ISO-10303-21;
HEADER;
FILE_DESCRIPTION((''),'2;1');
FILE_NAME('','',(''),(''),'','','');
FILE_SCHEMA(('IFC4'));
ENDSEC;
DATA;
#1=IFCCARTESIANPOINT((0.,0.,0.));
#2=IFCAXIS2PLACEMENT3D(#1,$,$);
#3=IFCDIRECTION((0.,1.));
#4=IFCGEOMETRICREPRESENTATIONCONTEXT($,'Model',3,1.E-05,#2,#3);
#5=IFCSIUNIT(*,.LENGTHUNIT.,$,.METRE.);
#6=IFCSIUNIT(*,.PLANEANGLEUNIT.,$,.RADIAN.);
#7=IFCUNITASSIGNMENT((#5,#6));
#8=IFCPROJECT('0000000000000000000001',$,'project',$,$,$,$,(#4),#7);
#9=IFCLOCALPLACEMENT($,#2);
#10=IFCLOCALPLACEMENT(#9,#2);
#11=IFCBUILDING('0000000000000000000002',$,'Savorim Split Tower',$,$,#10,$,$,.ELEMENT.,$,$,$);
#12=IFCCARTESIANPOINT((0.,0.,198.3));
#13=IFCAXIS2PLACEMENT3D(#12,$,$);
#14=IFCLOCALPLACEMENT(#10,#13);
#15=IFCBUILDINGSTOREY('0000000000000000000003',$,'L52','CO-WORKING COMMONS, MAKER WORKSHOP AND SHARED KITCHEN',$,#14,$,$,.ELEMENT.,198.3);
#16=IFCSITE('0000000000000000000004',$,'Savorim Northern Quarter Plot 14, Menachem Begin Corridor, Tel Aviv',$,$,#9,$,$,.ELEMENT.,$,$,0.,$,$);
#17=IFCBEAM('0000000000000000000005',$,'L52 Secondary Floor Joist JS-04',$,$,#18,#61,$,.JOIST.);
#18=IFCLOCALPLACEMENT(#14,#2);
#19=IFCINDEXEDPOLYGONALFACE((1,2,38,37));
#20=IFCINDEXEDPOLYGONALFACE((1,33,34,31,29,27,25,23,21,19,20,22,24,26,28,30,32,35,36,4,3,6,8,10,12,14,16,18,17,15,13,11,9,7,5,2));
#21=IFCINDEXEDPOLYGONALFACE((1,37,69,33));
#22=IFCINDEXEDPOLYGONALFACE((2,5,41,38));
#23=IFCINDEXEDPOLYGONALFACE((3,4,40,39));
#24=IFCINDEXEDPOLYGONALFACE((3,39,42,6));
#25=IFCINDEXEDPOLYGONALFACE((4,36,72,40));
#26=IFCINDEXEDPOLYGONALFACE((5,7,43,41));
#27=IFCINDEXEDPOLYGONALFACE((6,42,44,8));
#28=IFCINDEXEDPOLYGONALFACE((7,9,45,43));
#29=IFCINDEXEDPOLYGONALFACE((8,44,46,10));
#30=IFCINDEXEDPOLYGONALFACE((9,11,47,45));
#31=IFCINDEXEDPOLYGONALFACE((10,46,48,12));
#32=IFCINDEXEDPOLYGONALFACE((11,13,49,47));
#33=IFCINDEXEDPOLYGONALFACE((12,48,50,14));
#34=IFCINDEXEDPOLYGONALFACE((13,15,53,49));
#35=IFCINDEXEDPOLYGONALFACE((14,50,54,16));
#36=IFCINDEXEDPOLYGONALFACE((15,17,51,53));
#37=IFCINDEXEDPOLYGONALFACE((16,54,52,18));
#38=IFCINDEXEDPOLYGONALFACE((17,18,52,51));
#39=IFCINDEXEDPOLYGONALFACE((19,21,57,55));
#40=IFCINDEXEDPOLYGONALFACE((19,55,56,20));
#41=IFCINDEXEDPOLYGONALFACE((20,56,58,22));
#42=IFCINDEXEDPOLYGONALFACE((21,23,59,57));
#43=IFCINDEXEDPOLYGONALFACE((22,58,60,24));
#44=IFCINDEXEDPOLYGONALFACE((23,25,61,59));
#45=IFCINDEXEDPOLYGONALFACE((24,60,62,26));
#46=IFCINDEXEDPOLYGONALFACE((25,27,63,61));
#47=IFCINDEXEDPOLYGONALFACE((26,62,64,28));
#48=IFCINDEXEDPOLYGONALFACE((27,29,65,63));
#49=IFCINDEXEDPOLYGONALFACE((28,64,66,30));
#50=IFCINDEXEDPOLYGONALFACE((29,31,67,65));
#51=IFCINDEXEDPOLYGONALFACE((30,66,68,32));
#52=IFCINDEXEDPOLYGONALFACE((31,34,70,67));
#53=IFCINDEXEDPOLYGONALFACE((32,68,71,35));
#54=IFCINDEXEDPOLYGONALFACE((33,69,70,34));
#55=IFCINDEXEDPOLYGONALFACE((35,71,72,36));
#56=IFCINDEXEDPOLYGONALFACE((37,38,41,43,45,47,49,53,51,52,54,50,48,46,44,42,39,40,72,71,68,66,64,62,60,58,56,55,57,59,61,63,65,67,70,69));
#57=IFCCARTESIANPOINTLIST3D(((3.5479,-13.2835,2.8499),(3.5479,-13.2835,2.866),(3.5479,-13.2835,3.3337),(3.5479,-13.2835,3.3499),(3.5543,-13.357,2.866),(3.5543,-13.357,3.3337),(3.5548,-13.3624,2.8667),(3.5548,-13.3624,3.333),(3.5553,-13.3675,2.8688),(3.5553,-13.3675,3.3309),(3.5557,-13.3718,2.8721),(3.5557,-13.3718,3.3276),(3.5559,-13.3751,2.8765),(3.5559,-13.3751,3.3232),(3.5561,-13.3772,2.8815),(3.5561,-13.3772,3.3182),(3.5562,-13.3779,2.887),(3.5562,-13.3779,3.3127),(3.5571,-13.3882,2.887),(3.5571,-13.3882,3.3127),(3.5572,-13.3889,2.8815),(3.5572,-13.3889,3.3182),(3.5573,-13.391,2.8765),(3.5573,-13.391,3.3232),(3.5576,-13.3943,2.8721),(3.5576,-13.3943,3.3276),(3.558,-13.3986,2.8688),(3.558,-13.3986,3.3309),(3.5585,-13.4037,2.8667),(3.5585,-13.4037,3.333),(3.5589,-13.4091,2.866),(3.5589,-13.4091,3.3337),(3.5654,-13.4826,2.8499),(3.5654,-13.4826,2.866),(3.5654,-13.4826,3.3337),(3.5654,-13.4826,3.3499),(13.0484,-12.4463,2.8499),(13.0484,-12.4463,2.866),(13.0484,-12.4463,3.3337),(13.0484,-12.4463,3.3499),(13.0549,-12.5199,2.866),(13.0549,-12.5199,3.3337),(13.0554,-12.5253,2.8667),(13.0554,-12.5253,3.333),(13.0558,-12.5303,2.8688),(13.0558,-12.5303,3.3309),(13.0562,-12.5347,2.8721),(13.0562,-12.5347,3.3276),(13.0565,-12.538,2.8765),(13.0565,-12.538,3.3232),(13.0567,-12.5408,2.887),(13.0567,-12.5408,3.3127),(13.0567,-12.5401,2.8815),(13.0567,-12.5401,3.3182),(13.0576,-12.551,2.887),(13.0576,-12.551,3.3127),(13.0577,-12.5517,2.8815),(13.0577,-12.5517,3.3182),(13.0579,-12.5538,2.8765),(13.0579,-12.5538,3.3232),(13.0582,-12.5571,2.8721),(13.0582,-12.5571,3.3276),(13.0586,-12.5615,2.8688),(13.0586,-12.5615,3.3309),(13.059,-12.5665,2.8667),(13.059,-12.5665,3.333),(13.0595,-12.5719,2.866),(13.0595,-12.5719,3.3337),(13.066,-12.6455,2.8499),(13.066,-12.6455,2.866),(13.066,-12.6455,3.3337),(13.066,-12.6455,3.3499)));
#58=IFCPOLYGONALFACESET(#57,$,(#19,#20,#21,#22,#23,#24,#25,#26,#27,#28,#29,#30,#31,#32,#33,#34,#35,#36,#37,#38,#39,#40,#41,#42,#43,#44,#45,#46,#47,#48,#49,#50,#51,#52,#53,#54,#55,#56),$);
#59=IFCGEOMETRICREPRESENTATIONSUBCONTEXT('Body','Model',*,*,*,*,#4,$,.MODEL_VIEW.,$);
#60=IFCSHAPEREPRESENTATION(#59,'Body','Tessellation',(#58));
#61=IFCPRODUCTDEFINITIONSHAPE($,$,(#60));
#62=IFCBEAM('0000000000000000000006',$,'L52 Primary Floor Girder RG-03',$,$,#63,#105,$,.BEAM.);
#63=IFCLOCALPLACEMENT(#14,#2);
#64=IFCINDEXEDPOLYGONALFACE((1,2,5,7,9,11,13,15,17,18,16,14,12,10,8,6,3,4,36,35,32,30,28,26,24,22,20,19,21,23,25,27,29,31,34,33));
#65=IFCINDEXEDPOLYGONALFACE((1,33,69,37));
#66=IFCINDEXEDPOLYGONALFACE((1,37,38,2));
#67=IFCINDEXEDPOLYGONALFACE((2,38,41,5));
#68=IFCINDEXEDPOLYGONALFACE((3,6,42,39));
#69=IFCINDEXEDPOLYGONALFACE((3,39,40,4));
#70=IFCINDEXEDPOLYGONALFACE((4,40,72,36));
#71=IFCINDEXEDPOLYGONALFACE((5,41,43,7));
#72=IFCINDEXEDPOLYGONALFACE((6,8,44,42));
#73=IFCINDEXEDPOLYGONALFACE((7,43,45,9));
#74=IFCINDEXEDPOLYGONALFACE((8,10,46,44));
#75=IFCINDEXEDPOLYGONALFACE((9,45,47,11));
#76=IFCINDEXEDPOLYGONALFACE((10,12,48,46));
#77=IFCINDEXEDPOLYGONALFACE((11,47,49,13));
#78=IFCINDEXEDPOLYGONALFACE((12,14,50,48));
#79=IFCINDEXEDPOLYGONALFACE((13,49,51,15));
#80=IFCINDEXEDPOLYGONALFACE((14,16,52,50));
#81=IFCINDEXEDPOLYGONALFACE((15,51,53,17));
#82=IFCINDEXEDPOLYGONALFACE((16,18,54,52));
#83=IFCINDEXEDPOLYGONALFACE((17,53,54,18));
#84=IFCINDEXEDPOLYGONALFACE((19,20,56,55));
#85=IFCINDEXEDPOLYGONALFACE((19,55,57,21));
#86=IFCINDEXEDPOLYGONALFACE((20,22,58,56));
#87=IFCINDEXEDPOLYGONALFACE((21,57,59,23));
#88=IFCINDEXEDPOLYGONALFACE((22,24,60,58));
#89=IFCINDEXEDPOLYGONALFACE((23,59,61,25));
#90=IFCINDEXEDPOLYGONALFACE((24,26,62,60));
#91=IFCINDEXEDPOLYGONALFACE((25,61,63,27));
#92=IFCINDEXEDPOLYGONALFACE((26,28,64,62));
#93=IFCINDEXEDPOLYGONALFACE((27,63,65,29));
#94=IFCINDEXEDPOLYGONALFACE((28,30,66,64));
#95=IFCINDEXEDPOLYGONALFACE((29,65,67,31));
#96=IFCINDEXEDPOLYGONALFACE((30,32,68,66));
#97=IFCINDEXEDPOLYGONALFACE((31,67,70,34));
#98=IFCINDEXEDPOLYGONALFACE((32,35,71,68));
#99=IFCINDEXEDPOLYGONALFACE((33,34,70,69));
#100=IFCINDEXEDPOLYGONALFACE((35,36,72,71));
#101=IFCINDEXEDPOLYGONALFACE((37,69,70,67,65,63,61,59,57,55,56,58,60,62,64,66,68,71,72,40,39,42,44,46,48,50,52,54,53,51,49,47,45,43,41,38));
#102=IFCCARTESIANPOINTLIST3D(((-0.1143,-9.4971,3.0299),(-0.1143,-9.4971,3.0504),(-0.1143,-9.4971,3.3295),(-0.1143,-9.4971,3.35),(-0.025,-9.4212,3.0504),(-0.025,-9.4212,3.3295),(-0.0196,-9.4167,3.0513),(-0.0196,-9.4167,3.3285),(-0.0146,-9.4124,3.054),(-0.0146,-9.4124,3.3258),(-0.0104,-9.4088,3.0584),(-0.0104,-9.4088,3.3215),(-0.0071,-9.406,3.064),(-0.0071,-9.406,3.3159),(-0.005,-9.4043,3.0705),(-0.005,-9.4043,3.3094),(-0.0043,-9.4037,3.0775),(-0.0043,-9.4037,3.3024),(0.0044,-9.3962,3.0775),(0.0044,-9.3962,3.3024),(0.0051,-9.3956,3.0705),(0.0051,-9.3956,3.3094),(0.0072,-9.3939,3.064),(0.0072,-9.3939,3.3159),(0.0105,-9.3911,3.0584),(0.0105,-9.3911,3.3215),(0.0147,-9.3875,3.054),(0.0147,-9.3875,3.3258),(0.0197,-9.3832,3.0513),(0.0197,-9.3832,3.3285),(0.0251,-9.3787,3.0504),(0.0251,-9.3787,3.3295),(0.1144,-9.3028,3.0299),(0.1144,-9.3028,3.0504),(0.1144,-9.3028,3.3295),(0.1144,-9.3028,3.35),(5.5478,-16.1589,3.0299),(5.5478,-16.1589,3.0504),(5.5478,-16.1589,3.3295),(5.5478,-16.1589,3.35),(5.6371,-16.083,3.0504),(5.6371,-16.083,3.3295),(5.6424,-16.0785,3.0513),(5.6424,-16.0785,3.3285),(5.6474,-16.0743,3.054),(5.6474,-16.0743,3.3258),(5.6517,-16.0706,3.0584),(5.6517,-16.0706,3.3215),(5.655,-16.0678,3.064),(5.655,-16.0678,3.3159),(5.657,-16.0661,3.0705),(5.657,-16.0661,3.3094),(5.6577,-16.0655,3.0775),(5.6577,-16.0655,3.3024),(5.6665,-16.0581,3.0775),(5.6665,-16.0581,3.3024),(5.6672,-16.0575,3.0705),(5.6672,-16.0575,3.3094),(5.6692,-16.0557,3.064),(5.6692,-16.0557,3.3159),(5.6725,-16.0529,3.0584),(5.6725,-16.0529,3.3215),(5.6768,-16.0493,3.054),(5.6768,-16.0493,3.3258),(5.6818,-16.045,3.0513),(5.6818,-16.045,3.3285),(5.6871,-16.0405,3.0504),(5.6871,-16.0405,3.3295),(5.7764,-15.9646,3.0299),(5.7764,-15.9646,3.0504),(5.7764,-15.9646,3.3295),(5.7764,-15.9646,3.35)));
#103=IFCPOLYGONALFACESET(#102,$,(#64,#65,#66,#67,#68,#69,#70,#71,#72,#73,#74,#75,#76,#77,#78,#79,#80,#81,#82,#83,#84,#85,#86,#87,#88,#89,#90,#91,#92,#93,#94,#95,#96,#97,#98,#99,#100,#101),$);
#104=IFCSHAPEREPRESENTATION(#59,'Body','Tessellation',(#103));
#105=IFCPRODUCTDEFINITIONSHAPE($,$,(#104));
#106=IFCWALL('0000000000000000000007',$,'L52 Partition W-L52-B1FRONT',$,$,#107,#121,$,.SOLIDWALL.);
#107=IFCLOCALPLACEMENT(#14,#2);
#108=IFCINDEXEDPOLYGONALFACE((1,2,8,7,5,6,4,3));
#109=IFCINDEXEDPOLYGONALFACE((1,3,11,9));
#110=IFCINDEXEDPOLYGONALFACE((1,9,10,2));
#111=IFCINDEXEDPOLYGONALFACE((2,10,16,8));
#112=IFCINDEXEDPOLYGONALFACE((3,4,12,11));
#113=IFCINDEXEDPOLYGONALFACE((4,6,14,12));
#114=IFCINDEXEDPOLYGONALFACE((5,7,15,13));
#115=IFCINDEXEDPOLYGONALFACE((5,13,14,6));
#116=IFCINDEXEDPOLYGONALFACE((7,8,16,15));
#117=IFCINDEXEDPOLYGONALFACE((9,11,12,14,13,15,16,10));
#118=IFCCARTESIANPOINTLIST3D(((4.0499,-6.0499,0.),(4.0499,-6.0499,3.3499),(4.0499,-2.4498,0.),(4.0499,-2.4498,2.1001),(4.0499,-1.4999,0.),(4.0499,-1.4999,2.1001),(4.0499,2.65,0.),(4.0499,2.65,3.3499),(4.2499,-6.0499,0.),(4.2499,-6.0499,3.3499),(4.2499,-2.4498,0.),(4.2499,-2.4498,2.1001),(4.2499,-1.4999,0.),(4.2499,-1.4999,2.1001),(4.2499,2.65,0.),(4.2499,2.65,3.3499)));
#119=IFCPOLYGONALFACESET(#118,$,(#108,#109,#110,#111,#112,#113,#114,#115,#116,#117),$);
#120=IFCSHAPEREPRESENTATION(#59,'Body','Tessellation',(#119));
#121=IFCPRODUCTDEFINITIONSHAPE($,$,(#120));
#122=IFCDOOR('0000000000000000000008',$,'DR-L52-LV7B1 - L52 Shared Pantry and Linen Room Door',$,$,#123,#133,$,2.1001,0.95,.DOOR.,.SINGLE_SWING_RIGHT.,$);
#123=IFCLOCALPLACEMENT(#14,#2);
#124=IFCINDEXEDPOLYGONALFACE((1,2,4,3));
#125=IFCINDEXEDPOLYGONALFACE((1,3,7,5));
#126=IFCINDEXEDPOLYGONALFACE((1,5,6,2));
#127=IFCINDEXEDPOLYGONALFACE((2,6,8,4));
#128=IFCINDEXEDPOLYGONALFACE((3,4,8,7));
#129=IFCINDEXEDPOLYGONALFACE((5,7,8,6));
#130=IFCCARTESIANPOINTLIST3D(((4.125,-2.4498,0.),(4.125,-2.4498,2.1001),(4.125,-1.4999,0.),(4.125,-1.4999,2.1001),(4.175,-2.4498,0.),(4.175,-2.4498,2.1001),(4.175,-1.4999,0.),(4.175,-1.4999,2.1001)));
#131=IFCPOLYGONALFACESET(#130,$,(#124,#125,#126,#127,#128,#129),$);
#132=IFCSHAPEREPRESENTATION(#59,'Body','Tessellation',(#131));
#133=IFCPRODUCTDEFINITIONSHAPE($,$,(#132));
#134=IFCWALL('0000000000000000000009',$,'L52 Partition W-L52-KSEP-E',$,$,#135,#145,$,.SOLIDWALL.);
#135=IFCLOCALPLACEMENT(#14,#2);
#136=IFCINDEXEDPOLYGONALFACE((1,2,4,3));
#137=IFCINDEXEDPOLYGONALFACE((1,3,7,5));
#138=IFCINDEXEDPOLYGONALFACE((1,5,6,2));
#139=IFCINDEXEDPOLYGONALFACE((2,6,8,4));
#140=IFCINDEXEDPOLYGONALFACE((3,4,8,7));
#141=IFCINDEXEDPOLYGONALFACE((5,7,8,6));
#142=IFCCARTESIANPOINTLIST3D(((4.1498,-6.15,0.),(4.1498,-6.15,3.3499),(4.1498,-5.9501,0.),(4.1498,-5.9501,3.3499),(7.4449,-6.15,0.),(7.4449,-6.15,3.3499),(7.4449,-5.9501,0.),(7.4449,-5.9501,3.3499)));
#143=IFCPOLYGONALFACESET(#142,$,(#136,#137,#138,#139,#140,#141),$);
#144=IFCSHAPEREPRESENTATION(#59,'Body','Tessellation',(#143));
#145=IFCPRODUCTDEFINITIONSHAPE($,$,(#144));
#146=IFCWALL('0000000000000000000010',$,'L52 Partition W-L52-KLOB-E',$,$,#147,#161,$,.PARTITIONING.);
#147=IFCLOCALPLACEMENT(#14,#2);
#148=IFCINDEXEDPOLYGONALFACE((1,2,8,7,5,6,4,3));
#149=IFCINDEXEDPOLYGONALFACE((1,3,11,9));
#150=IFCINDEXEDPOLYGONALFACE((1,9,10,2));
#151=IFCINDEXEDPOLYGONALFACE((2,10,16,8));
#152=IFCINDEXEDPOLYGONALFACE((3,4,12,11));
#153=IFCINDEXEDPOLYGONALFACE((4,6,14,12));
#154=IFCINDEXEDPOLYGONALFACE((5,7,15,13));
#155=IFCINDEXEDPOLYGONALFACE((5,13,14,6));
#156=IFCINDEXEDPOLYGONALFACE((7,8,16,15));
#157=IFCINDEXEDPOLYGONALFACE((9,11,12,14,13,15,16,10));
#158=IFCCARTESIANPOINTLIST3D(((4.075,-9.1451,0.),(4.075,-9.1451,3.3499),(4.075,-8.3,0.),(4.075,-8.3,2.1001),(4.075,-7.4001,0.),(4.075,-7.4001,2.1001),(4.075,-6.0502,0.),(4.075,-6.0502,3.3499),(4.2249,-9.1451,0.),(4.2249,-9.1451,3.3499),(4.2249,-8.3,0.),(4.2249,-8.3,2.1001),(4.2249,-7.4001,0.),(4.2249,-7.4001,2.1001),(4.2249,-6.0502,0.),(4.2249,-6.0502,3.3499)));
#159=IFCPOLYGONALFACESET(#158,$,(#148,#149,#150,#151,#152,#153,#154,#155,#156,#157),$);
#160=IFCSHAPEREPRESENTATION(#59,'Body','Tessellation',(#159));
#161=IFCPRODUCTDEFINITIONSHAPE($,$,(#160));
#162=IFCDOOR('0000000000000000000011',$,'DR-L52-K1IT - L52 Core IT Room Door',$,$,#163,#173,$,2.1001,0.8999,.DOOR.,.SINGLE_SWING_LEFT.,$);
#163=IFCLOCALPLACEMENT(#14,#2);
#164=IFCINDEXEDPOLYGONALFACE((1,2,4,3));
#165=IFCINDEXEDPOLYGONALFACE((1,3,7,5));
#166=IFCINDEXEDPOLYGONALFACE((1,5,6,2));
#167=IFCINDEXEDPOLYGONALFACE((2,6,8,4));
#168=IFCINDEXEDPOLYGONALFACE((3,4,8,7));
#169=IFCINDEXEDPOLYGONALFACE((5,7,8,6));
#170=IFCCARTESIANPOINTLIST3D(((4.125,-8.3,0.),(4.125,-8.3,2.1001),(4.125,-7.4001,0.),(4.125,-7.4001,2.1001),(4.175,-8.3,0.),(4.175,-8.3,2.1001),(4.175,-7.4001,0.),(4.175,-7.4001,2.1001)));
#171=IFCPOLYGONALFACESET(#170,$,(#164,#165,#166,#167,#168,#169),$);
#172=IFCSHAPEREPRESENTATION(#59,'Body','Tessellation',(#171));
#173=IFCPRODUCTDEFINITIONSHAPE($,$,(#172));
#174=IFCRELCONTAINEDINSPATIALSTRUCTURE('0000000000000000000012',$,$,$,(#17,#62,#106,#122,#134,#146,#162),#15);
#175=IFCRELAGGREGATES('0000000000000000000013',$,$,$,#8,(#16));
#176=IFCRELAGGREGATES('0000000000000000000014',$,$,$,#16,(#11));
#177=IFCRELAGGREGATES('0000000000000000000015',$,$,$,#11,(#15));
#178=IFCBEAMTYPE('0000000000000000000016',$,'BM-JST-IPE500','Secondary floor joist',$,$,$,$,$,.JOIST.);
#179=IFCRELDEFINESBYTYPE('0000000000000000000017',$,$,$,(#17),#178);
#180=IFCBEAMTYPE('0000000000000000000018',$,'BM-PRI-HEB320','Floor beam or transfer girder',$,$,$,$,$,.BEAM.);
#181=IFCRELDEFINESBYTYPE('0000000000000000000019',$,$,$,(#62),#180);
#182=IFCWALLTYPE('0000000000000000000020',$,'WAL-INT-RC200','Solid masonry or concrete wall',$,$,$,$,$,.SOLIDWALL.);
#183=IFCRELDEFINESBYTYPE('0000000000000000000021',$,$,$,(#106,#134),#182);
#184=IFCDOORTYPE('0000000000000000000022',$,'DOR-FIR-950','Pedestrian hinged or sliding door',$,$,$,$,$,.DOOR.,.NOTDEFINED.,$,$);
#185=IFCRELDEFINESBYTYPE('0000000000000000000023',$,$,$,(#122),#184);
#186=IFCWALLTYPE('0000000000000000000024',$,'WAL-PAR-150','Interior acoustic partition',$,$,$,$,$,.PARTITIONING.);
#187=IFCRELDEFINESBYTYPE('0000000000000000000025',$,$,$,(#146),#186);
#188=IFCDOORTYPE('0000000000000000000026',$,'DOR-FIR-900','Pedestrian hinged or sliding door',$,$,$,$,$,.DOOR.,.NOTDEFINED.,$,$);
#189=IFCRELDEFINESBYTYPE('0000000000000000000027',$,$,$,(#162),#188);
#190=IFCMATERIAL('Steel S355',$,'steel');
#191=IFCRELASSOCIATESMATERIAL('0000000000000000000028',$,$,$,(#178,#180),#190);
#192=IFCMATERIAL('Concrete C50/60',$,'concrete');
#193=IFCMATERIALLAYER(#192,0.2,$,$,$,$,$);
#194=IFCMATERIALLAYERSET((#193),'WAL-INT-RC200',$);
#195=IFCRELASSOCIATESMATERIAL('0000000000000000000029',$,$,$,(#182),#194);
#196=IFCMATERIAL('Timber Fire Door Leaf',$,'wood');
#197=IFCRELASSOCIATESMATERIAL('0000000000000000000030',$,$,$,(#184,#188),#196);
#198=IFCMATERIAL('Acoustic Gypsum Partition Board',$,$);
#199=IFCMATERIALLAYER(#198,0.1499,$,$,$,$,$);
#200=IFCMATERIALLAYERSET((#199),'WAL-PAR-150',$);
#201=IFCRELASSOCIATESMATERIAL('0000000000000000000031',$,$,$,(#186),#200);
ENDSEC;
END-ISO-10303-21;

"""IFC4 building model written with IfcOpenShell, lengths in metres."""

from ifc_helpers import new_model, si_unit, direction, frame, frame_2d, origin, origin_2d, place, context, subcontext, project, spatial, rectangle, i_section, extrude, material, layer, layer_set, material_profile, profile_set, type_object, element, fill, save


model = new_model("IFC4")

# Units and contexts
model_context = context("Model", 3, precision=1e-05, world=origin(), true_north=direction((0.0, 1.0)))
body_context = subcontext(model_context, "Body", "Model", "MODEL_VIEW")
ifc_project = project(units=[si_unit("LENGTHUNIT", "METRE"), si_unit("PLANEANGLEUNIT", "RADIAN")], contexts=[model_context])

# Site, building, storey
site_placement = place(None, origin())
site = spatial("IfcSite", under=ifc_project, at=site_placement, Name="Savorim Northern Quarter Plot 14, Menachem Begin Corridor, Tel Aviv", CompositionType="ELEMENT", RefElevation=0.0)
building_placement = place(site_placement, origin())
building = spatial("IfcBuilding", under=site, at=building_placement, Name="Savorim Split Tower", CompositionType="ELEMENT")
storey_placement = place(building_placement, frame((0.0, 0.0, 198.3)))
storey = spatial("IfcBuildingStorey", under=building, at=storey_placement, Name="L52", Description="CO-WORKING COMMONS, MAKER WORKSHOP AND SHARED KITCHEN", CompositionType="ELEMENT", Elevation=198.3)

# Shared definitions
ifc_material_1 = material(Name="Steel S355", Category="steel")

# Beams
ifc_material_profile_1 = material_profile(ifc_material_1, i_section(OverallWidth=0.2, OverallDepth=0.5, WebThickness=0.0103, FlangeThickness=0.0161, FilletRadius=0.021, at=origin_2d()), Name="IPE 500")
ifc_profile_set_1 = profile_set([ifc_material_profile_1], Name="Steel S355")
beam_type_1 = type_object("IfcBeamType", Name="BM-JST-IPE500", Description="Secondary floor joist", PredefinedType="JOIST", material=ifc_profile_set_1)
beam_1_placement = place(storey_placement, frame((3.5566, -13.3831, 3.0999), z_axis=(0.99614, 0.087777, 0.0), x_axis=(-0.087777, 0.99614, 0.0)))
element("IfcBeam", 1, at=beam_1_placement, inside=storey, type_object=beam_type_1, Name="L52 Secondary Floor Joist JS-04", PredefinedType="JOIST", context=body_context, shape_type="SweptSolid", body=[
    extrude(i_section(OverallWidth=0.2, OverallDepth=0.5, WebThickness=0.0103, FlangeThickness=0.0161, FilletRadius=0.021, at=origin_2d()), origin(), (0.0, 0.0, 1.0), 9.5374),
])
ifc_material_profile_2 = material_profile(ifc_material_1, i_section(OverallWidth=0.3, OverallDepth=0.3201, WebThickness=0.0115, FlangeThickness=0.0205, FilletRadius=0.0271, at=origin_2d()), Name="HEB 320")
ifc_profile_set_2 = profile_set([ifc_material_profile_2], Name="Steel S355")
beam_type_2 = type_object("IfcBeamType", Name="BM-PRI-HEB320", Description="Floor beam or transfer girder", PredefinedType="BEAM", material=ifc_profile_set_2)
beam_2_placement = place(storey_placement, frame((5.6621, -16.0618, 3.1899), z_axis=(-0.647617, 0.761966, 0.0), x_axis=(-0.761966, -0.647617, 0.0)))
element("IfcBeam", 2, at=beam_2_placement, inside=storey, type_object=beam_type_2, Name="L52 Primary Floor Girder RG-03", PredefinedType="BEAM", context=body_context, shape_type="SweptSolid", body=[
    extrude(i_section(OverallWidth=0.3, OverallDepth=0.3201, WebThickness=0.0115, FlangeThickness=0.0205, FilletRadius=0.0271, at=origin_2d()), origin(), (0.0, 0.0, 1.0), 8.7429),
])

# Wall, opening, door
ifc_material_2 = material(Name="Concrete C50/60", Category="concrete")
ifc_layer_1 = layer(ifc_material_2, 0.2)
ifc_layer_set_1 = layer_set([ifc_layer_1], Name="WAL-INT-RC200")
wall_type_1 = type_object("IfcWallType", Name="WAL-INT-RC200", Description="Solid masonry or concrete wall", PredefinedType="SOLIDWALL", material=ifc_layer_set_1)
wall_1_placement = place(storey_placement, frame((4.1499, -6.05, 0.0), z_axis=(0.0, 0.0, 1.0), x_axis=(0.0, 1.0, 0.0)))
wall_1 = element("IfcWall", 3, at=wall_1_placement, inside=storey, type_object=wall_type_1, Name="L52 Partition W-L52-B1FRONT", PredefinedType="SOLIDWALL", context=body_context, shape_type="SweptSolid", body=[
    extrude(rectangle(XDim=8.7, YDim=0.2, at=frame_2d((4.3501, 0.0))), origin(), (0.0, 0.0, 1.0), 3.3499),
])
opening_1_placement = place(wall_1_placement, frame((3.6001, 0.0, 0.0)))
opening_1 = element("IfcOpeningElement", 4, at=opening_1_placement, cuts=wall_1, PredefinedType="OPENING", context=body_context, shape_type="SweptSolid", body=[
    extrude(rectangle(XDim=0.95, YDim=2.1001, at=frame_2d((0.4751, 1.05))), frame((0.0, 0.1099, 0.0), z_axis=(0.0, -1.0, 0.0), x_axis=(1.0, 0.0, 0.0)), (0.0, 0.0, 1.0), 0.22),
])
ifc_material_3 = material(Name="Timber Fire Door Leaf", Category="wood")
door_type_1 = type_object("IfcDoorType", Name="DOR-FIR-950", Description="Pedestrian hinged or sliding door", OperationType="NOTDEFINED", PredefinedType="DOOR", material=ifc_material_3)
door_1_placement = place(opening_1_placement, origin())
door_1 = element("IfcDoor", 5, at=door_1_placement, inside=storey, type_object=door_type_1, Name="DR-L52-LV7B1 - L52 Shared Pantry and Linen Room Door", OperationType="SINGLE_SWING_RIGHT", OverallHeight=2.1001, OverallWidth=0.95, PredefinedType="DOOR", context=body_context, shape_type="SweptSolid", body=[
    extrude(rectangle(XDim=0.95, YDim=2.1001, at=frame_2d((0.4751, 1.05))), frame((0.0, 0.0249, 0.0), z_axis=(0.0, -1.0, 0.0), x_axis=(1.0, 0.0, 0.0)), (0.0, 0.0, 1.0), 0.05),
])
fill(opening_1, door_1)

# Wall
wall_2_placement = place(storey_placement, frame((4.1499, -6.05, 0.0), z_axis=(0.0, 0.0, 1.0), x_axis=(1.0, 0.0, 0.0)))
element("IfcWall", 6, at=wall_2_placement, inside=storey, type_object=wall_type_1, Name="L52 Partition W-L52-KSEP-E", PredefinedType="SOLIDWALL", context=body_context, shape_type="SweptSolid", body=[
    extrude(rectangle(XDim=3.2952, YDim=0.2, at=frame_2d((1.6475, 0.0))), origin(), (0.0, 0.0, 1.0), 3.3499),
])

# Wall, opening, door
ifc_material_4 = material(Name="Acoustic Gypsum Partition Board")
ifc_layer_2 = layer(ifc_material_4, 0.1499)
ifc_layer_set_2 = layer_set([ifc_layer_2], Name="WAL-PAR-150")
wall_type_2 = type_object("IfcWallType", Name="WAL-PAR-150", Description="Interior acoustic partition", PredefinedType="PARTITIONING", material=ifc_layer_set_2)
wall_3_placement = place(storey_placement, frame((4.1499, -9.145, 0.0), z_axis=(0.0, 0.0, 1.0), x_axis=(0.0, 1.0, 0.0)))
wall_3 = element("IfcWall", 7, at=wall_3_placement, inside=storey, type_object=wall_type_2, Name="L52 Partition W-L52-KLOB-E", PredefinedType="PARTITIONING", context=body_context, shape_type="SweptSolid", body=[
    extrude(rectangle(XDim=3.095, YDim=0.1499, at=frame_2d((1.5474, 0.0))), origin(), (0.0, 0.0, 1.0), 3.3499),
])
opening_2_placement = place(wall_3_placement, frame((0.845, 0.0, 0.0)))
opening_2 = element("IfcOpeningElement", 8, at=opening_2_placement, cuts=wall_3, PredefinedType="OPENING", context=body_context, shape_type="SweptSolid", body=[
    extrude(rectangle(XDim=0.8999, YDim=2.1001, at=frame_2d((0.45, 1.05))), frame((0.0, 0.085, 0.0), z_axis=(0.0, -1.0, 0.0), x_axis=(1.0, 0.0, 0.0)), (0.0, 0.0, 1.0), 0.1699),
])
door_type_2 = type_object("IfcDoorType", Name="DOR-FIR-900", Description="Pedestrian hinged or sliding door", OperationType="NOTDEFINED", PredefinedType="DOOR", material=ifc_material_3)
door_2_placement = place(opening_2_placement, origin())
door_2 = element("IfcDoor", 9, at=door_2_placement, inside=storey, type_object=door_type_2, Name="DR-L52-K1IT - L52 Core IT Room Door", OperationType="SINGLE_SWING_LEFT", OverallHeight=2.1001, OverallWidth=0.8999, PredefinedType="DOOR", context=body_context, shape_type="SweptSolid", body=[
    extrude(rectangle(XDim=0.8999, YDim=2.1001, at=frame_2d((0.45, 1.05))), frame((0.0, 0.0249, 0.0), z_axis=(0.0, -1.0, 0.0), x_axis=(1.0, 0.0, 0.0)), (0.0, 0.0, 1.0), 0.05),
])
fill(opening_2, door_2)

save(model, "model.ifc")
